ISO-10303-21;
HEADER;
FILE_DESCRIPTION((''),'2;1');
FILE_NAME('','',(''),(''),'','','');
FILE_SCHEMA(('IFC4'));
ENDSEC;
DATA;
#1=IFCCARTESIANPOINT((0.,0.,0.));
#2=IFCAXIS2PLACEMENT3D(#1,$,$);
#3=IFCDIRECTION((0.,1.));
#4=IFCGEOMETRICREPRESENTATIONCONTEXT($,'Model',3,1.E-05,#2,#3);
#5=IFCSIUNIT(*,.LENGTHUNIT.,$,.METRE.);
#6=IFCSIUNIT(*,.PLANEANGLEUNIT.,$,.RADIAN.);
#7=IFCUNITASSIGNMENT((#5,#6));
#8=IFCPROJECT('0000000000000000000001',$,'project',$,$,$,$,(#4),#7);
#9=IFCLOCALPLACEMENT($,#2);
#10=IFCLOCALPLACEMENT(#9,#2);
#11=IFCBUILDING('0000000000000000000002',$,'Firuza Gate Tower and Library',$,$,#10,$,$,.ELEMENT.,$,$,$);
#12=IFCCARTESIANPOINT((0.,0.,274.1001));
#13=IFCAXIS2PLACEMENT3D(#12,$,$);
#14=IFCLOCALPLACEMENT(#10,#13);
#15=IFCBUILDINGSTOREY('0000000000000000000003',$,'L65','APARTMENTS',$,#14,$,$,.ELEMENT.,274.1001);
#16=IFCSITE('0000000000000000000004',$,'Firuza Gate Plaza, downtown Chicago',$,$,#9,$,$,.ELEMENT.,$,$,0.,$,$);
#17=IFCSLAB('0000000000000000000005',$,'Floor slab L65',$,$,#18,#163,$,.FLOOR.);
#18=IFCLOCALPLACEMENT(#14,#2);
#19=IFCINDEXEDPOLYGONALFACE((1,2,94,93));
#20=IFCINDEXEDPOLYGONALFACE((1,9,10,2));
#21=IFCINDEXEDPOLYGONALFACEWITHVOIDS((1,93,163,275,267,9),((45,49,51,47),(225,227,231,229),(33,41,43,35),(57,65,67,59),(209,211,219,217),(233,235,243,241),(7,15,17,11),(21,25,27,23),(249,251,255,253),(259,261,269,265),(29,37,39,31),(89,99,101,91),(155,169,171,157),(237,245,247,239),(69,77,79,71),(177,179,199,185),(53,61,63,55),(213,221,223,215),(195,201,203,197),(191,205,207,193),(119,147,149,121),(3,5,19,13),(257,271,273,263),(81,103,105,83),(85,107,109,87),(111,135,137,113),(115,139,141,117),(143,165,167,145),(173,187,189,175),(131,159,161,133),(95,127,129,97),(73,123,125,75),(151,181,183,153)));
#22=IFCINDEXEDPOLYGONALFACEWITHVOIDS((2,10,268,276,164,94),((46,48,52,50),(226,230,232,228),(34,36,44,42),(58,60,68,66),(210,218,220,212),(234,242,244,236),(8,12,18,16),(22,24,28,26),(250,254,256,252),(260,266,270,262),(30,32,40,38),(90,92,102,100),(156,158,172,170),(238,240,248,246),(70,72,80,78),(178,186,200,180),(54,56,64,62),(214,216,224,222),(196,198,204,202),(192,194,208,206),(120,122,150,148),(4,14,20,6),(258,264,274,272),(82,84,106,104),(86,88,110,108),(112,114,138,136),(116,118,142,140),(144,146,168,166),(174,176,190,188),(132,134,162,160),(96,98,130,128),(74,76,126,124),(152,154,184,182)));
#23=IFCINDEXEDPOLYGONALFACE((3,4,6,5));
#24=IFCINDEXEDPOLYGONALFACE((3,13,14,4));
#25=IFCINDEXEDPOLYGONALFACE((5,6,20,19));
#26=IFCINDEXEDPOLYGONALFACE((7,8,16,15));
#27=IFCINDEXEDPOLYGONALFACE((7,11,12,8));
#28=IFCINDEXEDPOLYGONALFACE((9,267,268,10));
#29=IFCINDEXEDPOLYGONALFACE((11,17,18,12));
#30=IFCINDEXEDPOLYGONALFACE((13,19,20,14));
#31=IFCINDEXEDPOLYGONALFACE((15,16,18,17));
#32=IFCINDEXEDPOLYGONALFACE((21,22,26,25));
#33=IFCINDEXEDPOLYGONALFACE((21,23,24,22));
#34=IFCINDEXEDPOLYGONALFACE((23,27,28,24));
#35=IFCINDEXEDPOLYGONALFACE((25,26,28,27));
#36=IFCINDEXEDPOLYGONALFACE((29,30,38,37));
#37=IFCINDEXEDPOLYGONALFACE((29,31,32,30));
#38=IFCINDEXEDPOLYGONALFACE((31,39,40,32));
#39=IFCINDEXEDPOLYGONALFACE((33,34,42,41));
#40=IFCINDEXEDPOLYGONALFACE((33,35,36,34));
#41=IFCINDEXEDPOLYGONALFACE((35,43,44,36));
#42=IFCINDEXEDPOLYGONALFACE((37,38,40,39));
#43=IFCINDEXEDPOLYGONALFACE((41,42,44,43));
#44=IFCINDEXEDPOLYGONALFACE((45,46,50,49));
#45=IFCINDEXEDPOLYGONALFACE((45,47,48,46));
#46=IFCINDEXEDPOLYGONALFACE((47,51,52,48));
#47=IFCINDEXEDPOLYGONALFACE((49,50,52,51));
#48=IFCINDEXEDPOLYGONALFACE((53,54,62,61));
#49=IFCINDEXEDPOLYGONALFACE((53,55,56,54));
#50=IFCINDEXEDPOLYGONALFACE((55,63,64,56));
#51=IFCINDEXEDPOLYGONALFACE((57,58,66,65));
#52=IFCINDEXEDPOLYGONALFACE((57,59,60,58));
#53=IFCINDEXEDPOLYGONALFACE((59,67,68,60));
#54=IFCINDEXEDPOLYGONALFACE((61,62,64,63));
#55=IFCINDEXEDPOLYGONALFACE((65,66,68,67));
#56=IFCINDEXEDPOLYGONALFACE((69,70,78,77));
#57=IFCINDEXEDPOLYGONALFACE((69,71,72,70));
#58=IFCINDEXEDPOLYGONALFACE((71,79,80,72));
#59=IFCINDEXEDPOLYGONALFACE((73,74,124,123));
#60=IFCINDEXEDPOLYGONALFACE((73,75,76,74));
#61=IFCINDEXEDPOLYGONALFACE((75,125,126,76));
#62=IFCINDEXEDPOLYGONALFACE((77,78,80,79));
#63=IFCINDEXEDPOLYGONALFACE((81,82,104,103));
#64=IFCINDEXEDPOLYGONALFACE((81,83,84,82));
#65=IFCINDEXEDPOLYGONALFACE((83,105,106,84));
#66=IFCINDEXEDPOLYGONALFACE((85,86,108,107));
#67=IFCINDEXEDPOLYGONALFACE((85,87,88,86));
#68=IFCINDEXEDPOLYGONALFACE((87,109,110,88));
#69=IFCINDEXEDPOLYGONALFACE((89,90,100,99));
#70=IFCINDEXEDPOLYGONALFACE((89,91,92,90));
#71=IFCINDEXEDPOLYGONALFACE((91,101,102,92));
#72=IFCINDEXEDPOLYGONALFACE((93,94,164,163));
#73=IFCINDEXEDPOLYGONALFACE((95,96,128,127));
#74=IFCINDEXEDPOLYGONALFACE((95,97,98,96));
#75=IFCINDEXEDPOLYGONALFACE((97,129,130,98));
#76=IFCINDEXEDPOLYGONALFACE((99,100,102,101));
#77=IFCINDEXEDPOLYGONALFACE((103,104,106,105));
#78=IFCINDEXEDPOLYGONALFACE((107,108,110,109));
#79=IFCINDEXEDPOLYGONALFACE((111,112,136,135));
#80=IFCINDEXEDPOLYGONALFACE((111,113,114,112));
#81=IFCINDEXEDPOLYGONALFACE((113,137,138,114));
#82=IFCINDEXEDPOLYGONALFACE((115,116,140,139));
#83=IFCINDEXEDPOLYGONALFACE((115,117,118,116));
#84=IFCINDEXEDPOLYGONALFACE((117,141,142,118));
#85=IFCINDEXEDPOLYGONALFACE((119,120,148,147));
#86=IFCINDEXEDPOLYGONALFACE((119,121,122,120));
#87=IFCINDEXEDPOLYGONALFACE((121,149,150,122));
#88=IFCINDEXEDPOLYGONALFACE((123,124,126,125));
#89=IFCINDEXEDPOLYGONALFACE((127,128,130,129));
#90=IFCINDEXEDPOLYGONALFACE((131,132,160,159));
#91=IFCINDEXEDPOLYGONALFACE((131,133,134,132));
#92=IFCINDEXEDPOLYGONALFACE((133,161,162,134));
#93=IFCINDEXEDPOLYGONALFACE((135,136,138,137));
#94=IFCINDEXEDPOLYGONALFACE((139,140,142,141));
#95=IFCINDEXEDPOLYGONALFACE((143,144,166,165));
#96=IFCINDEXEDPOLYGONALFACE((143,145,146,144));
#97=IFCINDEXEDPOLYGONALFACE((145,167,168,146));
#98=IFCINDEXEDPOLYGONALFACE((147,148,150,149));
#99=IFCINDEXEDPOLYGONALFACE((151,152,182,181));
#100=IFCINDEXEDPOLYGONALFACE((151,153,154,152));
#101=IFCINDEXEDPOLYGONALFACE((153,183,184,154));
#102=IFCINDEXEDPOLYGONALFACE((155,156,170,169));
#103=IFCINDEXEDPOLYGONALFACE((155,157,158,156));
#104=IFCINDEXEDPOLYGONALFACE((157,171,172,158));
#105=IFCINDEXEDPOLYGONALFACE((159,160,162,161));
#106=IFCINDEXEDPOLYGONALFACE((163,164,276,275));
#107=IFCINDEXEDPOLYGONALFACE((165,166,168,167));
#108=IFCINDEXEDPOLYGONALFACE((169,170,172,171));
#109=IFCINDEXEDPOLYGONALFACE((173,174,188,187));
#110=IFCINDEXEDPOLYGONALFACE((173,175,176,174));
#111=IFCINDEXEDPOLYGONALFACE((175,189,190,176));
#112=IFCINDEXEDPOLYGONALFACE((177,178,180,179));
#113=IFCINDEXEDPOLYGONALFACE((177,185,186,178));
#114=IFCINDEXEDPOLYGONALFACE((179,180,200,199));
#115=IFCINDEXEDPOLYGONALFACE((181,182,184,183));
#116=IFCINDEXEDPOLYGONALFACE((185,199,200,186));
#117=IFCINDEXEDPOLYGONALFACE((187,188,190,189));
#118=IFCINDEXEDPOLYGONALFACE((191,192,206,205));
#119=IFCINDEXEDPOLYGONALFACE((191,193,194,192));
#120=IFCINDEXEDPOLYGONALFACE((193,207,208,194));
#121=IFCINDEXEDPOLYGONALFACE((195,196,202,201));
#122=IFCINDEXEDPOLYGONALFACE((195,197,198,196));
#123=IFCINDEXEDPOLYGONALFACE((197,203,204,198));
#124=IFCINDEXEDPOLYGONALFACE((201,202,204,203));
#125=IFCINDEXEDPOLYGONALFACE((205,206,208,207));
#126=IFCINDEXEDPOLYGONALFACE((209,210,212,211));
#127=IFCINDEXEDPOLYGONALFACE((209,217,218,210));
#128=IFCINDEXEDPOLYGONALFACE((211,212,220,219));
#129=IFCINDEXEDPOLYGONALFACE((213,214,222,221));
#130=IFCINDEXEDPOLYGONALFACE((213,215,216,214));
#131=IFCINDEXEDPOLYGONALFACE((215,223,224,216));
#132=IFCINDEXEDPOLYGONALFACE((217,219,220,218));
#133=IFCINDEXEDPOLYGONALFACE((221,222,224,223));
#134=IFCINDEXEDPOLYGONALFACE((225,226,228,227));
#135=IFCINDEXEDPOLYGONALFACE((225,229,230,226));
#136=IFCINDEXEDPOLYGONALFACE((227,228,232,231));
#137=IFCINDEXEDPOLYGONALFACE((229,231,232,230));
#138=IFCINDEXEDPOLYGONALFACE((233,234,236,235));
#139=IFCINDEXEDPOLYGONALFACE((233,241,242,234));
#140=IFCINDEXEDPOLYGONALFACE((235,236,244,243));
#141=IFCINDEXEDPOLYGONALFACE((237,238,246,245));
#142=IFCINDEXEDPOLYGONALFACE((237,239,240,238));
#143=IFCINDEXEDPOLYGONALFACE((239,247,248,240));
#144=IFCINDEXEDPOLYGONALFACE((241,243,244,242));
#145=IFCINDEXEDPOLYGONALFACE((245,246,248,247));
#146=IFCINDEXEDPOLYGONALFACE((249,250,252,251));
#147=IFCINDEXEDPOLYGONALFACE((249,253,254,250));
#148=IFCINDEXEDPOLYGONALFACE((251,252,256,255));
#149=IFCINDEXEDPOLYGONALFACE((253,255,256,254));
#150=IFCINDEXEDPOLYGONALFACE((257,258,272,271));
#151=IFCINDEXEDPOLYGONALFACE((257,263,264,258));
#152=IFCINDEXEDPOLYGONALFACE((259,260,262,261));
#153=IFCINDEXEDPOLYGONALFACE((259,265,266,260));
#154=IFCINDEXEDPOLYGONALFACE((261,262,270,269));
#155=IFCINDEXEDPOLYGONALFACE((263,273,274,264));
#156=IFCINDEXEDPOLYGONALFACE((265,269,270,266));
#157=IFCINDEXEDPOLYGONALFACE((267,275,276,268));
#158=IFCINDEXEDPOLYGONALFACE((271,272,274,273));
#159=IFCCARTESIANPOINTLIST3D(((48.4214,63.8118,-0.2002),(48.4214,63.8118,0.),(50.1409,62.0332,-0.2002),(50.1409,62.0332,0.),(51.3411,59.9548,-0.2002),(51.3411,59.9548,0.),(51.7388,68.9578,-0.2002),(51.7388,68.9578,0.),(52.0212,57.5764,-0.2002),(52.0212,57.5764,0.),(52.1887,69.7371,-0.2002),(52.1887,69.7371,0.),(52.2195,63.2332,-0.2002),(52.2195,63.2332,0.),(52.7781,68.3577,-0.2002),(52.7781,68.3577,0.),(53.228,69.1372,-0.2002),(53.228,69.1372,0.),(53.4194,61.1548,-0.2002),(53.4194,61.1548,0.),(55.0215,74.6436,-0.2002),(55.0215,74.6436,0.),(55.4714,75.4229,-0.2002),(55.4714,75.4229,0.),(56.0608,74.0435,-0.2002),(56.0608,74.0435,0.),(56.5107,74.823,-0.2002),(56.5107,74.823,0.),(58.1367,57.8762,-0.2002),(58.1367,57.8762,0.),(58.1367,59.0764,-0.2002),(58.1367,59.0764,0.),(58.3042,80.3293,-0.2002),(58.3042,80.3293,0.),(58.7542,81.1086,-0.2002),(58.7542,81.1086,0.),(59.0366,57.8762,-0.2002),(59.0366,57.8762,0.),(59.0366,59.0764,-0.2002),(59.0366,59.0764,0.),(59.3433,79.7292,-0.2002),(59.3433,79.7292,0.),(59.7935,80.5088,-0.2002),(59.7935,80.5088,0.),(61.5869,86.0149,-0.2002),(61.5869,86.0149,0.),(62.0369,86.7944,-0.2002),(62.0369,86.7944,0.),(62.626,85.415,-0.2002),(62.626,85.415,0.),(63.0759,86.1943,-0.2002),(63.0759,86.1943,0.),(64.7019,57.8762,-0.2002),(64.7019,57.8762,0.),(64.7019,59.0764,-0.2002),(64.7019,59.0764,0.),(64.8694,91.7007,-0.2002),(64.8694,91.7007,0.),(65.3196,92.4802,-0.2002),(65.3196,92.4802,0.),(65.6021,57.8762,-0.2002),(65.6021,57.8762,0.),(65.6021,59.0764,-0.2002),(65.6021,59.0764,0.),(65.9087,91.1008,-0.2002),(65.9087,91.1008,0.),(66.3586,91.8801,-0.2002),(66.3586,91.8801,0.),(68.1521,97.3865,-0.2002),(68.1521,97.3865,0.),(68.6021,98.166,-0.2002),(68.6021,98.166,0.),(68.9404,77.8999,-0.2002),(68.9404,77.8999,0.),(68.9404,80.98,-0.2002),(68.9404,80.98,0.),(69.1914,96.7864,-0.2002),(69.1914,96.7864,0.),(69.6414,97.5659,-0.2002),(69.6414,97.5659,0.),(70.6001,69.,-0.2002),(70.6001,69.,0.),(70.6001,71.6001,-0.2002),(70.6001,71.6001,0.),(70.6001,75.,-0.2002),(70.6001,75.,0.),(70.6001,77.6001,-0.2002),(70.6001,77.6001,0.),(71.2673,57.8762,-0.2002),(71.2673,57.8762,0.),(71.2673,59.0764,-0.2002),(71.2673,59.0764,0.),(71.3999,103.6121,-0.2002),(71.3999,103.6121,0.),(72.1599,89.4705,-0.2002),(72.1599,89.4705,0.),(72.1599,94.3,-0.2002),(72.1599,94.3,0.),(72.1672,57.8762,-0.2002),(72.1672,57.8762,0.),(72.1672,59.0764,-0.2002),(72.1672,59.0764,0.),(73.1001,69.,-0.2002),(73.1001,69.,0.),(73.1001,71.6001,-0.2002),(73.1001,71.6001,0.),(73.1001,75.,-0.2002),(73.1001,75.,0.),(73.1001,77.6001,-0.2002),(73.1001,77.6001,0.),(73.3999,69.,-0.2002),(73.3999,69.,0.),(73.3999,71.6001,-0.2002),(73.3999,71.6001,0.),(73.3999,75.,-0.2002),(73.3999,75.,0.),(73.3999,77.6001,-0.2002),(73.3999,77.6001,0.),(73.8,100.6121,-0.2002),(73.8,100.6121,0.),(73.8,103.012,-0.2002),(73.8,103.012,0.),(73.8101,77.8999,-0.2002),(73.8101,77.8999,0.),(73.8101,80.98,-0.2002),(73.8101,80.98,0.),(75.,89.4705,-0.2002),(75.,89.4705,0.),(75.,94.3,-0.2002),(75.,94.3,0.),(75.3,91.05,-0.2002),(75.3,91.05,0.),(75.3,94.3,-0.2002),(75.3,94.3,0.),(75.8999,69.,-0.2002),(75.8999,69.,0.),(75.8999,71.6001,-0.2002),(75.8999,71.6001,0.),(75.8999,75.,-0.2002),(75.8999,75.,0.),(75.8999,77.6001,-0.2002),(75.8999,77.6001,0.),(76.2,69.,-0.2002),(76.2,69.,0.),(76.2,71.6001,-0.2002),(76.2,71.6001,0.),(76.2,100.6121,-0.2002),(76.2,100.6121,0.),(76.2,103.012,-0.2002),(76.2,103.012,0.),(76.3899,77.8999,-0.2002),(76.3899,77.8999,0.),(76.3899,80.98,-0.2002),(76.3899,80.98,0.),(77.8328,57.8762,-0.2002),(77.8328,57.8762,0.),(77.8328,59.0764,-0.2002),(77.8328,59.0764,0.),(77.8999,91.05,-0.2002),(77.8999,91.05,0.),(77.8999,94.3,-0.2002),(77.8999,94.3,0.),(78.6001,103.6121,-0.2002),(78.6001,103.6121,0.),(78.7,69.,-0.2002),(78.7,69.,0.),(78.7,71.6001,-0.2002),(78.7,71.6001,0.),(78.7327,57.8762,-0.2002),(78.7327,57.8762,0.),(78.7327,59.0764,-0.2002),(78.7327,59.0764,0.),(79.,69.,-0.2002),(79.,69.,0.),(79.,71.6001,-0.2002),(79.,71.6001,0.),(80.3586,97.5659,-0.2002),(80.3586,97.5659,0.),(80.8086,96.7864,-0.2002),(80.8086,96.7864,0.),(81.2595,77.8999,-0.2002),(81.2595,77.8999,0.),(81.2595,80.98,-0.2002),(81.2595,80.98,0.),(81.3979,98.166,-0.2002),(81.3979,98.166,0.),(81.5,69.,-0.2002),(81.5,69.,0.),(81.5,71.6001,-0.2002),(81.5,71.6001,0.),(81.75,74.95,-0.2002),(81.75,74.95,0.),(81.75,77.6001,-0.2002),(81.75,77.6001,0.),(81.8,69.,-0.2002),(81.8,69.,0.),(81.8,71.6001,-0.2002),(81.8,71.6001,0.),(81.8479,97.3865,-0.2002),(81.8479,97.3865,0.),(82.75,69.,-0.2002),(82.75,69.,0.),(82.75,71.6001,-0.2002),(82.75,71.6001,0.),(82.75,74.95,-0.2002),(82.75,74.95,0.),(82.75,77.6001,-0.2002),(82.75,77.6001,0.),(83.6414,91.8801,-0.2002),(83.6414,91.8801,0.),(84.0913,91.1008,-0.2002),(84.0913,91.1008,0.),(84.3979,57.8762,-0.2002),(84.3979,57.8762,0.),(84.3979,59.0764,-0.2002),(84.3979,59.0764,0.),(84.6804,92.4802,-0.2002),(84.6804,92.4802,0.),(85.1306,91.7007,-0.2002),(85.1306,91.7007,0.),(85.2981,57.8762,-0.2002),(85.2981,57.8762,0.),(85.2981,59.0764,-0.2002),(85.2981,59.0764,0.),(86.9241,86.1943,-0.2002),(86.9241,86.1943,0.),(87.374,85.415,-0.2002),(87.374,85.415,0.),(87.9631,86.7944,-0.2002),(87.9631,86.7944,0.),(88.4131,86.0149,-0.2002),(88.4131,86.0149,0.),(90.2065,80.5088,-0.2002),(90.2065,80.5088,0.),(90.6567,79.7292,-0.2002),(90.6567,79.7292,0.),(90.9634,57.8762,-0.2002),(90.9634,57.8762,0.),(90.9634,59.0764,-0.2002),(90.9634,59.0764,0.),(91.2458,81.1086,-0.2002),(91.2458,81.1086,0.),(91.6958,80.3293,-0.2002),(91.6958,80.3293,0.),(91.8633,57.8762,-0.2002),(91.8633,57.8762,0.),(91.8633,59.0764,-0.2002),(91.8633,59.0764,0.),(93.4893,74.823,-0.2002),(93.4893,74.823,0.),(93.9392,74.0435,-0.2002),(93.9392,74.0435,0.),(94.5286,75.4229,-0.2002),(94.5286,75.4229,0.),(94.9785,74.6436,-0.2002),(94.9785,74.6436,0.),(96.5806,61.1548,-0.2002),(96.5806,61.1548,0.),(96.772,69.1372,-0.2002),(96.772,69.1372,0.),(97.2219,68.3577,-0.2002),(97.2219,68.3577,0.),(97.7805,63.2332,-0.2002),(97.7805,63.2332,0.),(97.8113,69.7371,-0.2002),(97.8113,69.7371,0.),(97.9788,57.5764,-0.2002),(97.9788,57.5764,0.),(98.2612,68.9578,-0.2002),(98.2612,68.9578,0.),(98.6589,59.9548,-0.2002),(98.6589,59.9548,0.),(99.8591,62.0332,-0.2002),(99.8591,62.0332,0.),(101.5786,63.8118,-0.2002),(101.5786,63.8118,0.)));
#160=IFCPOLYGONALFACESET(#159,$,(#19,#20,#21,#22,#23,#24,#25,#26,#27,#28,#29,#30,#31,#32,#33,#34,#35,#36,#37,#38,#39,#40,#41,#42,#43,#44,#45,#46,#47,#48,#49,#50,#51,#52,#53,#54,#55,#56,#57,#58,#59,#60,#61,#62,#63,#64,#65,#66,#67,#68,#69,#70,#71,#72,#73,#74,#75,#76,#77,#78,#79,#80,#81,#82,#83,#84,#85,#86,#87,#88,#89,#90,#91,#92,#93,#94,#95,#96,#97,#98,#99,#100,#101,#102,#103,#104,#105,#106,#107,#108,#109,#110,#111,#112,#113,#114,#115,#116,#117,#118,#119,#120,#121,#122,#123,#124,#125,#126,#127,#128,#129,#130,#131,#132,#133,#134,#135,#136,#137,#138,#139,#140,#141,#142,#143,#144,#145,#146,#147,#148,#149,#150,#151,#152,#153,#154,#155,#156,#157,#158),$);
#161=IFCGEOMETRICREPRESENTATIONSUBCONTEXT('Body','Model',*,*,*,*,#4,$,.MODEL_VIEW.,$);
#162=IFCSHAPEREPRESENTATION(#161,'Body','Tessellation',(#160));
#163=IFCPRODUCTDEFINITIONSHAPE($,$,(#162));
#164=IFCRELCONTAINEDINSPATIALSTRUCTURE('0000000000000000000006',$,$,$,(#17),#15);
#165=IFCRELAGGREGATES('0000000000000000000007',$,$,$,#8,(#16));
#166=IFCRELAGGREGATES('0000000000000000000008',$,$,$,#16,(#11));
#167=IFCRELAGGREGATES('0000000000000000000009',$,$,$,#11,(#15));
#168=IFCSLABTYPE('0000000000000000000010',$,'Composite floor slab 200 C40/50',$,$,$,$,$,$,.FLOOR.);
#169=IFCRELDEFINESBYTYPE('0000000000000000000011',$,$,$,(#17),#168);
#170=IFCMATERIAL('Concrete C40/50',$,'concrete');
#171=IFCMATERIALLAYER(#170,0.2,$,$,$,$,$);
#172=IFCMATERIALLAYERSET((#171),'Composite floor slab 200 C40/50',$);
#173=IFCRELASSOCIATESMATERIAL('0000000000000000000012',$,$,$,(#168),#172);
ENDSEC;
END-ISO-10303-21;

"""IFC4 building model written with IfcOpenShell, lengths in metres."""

from ifc_helpers import new_model, si_unit, direction, frame, origin, place, context, subcontext, project, spatial, polyline, outline, extrude, material, layer, layer_set, type_object, element, save


model = new_model("IFC4")

# Units and contexts
model_context = context("Model", 3, precision=1e-05, world=origin(), true_north=direction((0.0, 1.0)))
body_context = subcontext(model_context, "Body", "Model", "MODEL_VIEW")
ifc_project = project(units=[si_unit("LENGTHUNIT", "METRE"), si_unit("PLANEANGLEUNIT", "RADIAN")], contexts=[model_context])

# Site, building, storey
site_placement = place(None, origin())
site = spatial("IfcSite", under=ifc_project, at=site_placement, Name="Firuza Gate Plaza, downtown Chicago", CompositionType="ELEMENT", RefElevation=0.0)
building_placement = place(site_placement, origin())
building = spatial("IfcBuilding", under=site, at=building_placement, Name="Firuza Gate Tower and Library", CompositionType="ELEMENT")
storey_placement = place(building_placement, frame((0.0, 0.0, 274.1001)))
storey = spatial("IfcBuildingStorey", under=building, at=storey_placement, Name="L65", Description="APARTMENTS", CompositionType="ELEMENT", Elevation=274.1001)

# Slab
ifc_material_1 = material(Name="Concrete C40/50", Category="concrete")
ifc_layer_1 = layer(ifc_material_1, 0.2)
ifc_layer_set_1 = layer_set([ifc_layer_1], Name="Composite floor slab 200 C40/50")
slab_type_1 = type_object("IfcSlabType", Name="Composite floor slab 200 C40/50", PredefinedType="FLOOR", material=ifc_layer_set_1)
slab_1_placement = place(storey_placement, frame((0.0, 0.0, -0.2002)))
element("IfcSlab", 1, at=slab_1_placement, inside=storey, type_object=slab_type_1, Name="Floor slab L65", PredefinedType="FLOOR", context=body_context, shape_type="SweptSolid", body=[
    extrude(outline(polyline([(48.4214, 63.8118), (52.0212, 57.5764), (97.9788, 57.5764), (101.5786, 63.8118), (78.6001, 103.6121), (71.3999, 103.6121), (48.4214, 63.8118)]), holes=[polyline([(58.1367, 57.8762), (58.1367, 59.0764), (59.0366, 59.0764), (59.0366, 57.8762), (58.1367, 57.8762)]), polyline([(64.7019, 57.8762), (64.7019, 59.0764), (65.6021, 59.0764), (65.6021, 57.8762), (64.7019, 57.8762)]), polyline([(71.2673, 57.8762), (71.2673, 59.0764), (72.1672, 59.0764), (72.1672, 57.8762), (71.2673, 57.8762)]), polyline([(50.1409, 62.0332), (52.2195, 63.2332), (53.4194, 61.1548), (51.3411, 59.9548), (50.1409, 62.0332)]), polyline([(52.1887, 69.7371), (53.228, 69.1372), (52.7781, 68.3577), (51.7388, 68.9578), (52.1887, 69.7371)]), polyline([(73.1001, 69.0), (70.6001, 69.0), (70.6001, 71.6001), (73.1001, 71.6001), (73.1001, 69.0)]), polyline([(75.8999, 69.0), (73.3999, 69.0), (73.3999, 71.6001), (75.8999, 71.6001), (75.8999, 69.0)]), polyline([(55.4714, 75.4229), (56.5107, 74.823), (56.0608, 74.0435), (55.0215, 74.6436), (55.4714, 75.4229)]), polyline([(73.1001, 75.0), (70.6001, 75.0), (70.6001, 77.6001), (73.1001, 77.6001), (73.1001, 75.0)]), polyline([(75.8999, 75.0), (73.3999, 75.0), (73.3999, 77.6001), (75.8999, 77.6001), (75.8999, 75.0)]), polyline([(68.9404, 77.8999), (68.9404, 80.98), (73.8101, 80.98), (73.8101, 77.8999), (68.9404, 77.8999)]), polyline([(58.7542, 81.1086), (59.7935, 80.5088), (59.3433, 79.7292), (58.3042, 80.3293), (58.7542, 81.1086)]), polyline([(62.0369, 86.7944), (63.0759, 86.1943), (62.626, 85.415), (61.5869, 86.0149), (62.0369, 86.7944)]), polyline([(65.3196, 92.4802), (66.3586, 91.8801), (65.9087, 91.1008), (64.8694, 91.7007), (65.3196, 92.4802)]), polyline([(72.1599, 89.4705), (72.1599, 94.3), (75.0, 94.3), (75.0, 89.4705), (72.1599, 89.4705)]), polyline([(68.6021, 98.166), (69.6414, 97.5659), (69.1914, 96.7864), (68.1521, 97.3865), (68.6021, 98.166)]), polyline([(76.2, 103.012), (76.2, 100.6121), (73.8, 100.6121), (73.8, 103.012), (76.2, 103.012)]), polyline([(77.8328, 57.8762), (77.8328, 59.0764), (78.7327, 59.0764), (78.7327, 57.8762), (77.8328, 57.8762)]), polyline([(84.3979, 57.8762), (84.3979, 59.0764), (85.2981, 59.0764), (85.2981, 57.8762), (84.3979, 57.8762)]), polyline([(90.9634, 57.8762), (90.9634, 59.0764), (91.8633, 59.0764), (91.8633, 57.8762), (90.9634, 57.8762)]), polyline([(98.6589, 59.9548), (96.5806, 61.1548), (97.7805, 63.2332), (99.8591, 62.0332), (98.6589, 59.9548)]), polyline([(98.2612, 68.9578), (97.2219, 68.3577), (96.772, 69.1372), (97.8113, 69.7371), (98.2612, 68.9578)]), polyline([(78.7, 69.0), (76.2, 69.0), (76.2, 71.6001), (78.7, 71.6001), (78.7, 69.0)]), polyline([(81.5, 69.0), (79.0, 69.0), (79.0, 71.6001), (81.5, 71.6001), (81.5, 69.0)]), polyline([(82.75, 69.0), (81.8, 69.0), (81.8, 71.6001), (82.75, 71.6001), (82.75, 69.0)]), polyline([(94.9785, 74.6436), (93.9392, 74.0435), (93.4893, 74.823), (94.5286, 75.4229), (94.9785, 74.6436)]), polyline([(82.75, 74.95), (81.75, 74.95), (81.75, 77.6001), (82.75, 77.6001), (82.75, 74.95)]), polyline([(81.2595, 80.98), (81.2595, 77.8999), (76.3899, 77.8999), (76.3899, 80.98), (81.2595, 80.98)]), polyline([(91.6958, 80.3293), (90.6567, 79.7292), (90.2065, 80.5088), (91.2458, 81.1086), (91.6958, 80.3293)]), polyline([(88.4131, 86.0149), (87.374, 85.415), (86.9241, 86.1943), (87.9631, 86.7944), (88.4131, 86.0149)]), polyline([(85.1306, 91.7007), (84.0913, 91.1008), (83.6414, 91.8801), (84.6804, 92.4802), (85.1306, 91.7007)]), polyline([(75.3, 91.05), (75.3, 94.3), (77.8999, 94.3), (77.8999, 91.05), (75.3, 91.05)]), polyline([(80.8086, 96.7864), (80.3586, 97.5659), (81.3979, 98.166), (81.8479, 97.3865), (80.8086, 96.7864)])]), origin(), (0.0, 0.0, 1.0), 0.2002),
])

save(model, "model.ifc")
